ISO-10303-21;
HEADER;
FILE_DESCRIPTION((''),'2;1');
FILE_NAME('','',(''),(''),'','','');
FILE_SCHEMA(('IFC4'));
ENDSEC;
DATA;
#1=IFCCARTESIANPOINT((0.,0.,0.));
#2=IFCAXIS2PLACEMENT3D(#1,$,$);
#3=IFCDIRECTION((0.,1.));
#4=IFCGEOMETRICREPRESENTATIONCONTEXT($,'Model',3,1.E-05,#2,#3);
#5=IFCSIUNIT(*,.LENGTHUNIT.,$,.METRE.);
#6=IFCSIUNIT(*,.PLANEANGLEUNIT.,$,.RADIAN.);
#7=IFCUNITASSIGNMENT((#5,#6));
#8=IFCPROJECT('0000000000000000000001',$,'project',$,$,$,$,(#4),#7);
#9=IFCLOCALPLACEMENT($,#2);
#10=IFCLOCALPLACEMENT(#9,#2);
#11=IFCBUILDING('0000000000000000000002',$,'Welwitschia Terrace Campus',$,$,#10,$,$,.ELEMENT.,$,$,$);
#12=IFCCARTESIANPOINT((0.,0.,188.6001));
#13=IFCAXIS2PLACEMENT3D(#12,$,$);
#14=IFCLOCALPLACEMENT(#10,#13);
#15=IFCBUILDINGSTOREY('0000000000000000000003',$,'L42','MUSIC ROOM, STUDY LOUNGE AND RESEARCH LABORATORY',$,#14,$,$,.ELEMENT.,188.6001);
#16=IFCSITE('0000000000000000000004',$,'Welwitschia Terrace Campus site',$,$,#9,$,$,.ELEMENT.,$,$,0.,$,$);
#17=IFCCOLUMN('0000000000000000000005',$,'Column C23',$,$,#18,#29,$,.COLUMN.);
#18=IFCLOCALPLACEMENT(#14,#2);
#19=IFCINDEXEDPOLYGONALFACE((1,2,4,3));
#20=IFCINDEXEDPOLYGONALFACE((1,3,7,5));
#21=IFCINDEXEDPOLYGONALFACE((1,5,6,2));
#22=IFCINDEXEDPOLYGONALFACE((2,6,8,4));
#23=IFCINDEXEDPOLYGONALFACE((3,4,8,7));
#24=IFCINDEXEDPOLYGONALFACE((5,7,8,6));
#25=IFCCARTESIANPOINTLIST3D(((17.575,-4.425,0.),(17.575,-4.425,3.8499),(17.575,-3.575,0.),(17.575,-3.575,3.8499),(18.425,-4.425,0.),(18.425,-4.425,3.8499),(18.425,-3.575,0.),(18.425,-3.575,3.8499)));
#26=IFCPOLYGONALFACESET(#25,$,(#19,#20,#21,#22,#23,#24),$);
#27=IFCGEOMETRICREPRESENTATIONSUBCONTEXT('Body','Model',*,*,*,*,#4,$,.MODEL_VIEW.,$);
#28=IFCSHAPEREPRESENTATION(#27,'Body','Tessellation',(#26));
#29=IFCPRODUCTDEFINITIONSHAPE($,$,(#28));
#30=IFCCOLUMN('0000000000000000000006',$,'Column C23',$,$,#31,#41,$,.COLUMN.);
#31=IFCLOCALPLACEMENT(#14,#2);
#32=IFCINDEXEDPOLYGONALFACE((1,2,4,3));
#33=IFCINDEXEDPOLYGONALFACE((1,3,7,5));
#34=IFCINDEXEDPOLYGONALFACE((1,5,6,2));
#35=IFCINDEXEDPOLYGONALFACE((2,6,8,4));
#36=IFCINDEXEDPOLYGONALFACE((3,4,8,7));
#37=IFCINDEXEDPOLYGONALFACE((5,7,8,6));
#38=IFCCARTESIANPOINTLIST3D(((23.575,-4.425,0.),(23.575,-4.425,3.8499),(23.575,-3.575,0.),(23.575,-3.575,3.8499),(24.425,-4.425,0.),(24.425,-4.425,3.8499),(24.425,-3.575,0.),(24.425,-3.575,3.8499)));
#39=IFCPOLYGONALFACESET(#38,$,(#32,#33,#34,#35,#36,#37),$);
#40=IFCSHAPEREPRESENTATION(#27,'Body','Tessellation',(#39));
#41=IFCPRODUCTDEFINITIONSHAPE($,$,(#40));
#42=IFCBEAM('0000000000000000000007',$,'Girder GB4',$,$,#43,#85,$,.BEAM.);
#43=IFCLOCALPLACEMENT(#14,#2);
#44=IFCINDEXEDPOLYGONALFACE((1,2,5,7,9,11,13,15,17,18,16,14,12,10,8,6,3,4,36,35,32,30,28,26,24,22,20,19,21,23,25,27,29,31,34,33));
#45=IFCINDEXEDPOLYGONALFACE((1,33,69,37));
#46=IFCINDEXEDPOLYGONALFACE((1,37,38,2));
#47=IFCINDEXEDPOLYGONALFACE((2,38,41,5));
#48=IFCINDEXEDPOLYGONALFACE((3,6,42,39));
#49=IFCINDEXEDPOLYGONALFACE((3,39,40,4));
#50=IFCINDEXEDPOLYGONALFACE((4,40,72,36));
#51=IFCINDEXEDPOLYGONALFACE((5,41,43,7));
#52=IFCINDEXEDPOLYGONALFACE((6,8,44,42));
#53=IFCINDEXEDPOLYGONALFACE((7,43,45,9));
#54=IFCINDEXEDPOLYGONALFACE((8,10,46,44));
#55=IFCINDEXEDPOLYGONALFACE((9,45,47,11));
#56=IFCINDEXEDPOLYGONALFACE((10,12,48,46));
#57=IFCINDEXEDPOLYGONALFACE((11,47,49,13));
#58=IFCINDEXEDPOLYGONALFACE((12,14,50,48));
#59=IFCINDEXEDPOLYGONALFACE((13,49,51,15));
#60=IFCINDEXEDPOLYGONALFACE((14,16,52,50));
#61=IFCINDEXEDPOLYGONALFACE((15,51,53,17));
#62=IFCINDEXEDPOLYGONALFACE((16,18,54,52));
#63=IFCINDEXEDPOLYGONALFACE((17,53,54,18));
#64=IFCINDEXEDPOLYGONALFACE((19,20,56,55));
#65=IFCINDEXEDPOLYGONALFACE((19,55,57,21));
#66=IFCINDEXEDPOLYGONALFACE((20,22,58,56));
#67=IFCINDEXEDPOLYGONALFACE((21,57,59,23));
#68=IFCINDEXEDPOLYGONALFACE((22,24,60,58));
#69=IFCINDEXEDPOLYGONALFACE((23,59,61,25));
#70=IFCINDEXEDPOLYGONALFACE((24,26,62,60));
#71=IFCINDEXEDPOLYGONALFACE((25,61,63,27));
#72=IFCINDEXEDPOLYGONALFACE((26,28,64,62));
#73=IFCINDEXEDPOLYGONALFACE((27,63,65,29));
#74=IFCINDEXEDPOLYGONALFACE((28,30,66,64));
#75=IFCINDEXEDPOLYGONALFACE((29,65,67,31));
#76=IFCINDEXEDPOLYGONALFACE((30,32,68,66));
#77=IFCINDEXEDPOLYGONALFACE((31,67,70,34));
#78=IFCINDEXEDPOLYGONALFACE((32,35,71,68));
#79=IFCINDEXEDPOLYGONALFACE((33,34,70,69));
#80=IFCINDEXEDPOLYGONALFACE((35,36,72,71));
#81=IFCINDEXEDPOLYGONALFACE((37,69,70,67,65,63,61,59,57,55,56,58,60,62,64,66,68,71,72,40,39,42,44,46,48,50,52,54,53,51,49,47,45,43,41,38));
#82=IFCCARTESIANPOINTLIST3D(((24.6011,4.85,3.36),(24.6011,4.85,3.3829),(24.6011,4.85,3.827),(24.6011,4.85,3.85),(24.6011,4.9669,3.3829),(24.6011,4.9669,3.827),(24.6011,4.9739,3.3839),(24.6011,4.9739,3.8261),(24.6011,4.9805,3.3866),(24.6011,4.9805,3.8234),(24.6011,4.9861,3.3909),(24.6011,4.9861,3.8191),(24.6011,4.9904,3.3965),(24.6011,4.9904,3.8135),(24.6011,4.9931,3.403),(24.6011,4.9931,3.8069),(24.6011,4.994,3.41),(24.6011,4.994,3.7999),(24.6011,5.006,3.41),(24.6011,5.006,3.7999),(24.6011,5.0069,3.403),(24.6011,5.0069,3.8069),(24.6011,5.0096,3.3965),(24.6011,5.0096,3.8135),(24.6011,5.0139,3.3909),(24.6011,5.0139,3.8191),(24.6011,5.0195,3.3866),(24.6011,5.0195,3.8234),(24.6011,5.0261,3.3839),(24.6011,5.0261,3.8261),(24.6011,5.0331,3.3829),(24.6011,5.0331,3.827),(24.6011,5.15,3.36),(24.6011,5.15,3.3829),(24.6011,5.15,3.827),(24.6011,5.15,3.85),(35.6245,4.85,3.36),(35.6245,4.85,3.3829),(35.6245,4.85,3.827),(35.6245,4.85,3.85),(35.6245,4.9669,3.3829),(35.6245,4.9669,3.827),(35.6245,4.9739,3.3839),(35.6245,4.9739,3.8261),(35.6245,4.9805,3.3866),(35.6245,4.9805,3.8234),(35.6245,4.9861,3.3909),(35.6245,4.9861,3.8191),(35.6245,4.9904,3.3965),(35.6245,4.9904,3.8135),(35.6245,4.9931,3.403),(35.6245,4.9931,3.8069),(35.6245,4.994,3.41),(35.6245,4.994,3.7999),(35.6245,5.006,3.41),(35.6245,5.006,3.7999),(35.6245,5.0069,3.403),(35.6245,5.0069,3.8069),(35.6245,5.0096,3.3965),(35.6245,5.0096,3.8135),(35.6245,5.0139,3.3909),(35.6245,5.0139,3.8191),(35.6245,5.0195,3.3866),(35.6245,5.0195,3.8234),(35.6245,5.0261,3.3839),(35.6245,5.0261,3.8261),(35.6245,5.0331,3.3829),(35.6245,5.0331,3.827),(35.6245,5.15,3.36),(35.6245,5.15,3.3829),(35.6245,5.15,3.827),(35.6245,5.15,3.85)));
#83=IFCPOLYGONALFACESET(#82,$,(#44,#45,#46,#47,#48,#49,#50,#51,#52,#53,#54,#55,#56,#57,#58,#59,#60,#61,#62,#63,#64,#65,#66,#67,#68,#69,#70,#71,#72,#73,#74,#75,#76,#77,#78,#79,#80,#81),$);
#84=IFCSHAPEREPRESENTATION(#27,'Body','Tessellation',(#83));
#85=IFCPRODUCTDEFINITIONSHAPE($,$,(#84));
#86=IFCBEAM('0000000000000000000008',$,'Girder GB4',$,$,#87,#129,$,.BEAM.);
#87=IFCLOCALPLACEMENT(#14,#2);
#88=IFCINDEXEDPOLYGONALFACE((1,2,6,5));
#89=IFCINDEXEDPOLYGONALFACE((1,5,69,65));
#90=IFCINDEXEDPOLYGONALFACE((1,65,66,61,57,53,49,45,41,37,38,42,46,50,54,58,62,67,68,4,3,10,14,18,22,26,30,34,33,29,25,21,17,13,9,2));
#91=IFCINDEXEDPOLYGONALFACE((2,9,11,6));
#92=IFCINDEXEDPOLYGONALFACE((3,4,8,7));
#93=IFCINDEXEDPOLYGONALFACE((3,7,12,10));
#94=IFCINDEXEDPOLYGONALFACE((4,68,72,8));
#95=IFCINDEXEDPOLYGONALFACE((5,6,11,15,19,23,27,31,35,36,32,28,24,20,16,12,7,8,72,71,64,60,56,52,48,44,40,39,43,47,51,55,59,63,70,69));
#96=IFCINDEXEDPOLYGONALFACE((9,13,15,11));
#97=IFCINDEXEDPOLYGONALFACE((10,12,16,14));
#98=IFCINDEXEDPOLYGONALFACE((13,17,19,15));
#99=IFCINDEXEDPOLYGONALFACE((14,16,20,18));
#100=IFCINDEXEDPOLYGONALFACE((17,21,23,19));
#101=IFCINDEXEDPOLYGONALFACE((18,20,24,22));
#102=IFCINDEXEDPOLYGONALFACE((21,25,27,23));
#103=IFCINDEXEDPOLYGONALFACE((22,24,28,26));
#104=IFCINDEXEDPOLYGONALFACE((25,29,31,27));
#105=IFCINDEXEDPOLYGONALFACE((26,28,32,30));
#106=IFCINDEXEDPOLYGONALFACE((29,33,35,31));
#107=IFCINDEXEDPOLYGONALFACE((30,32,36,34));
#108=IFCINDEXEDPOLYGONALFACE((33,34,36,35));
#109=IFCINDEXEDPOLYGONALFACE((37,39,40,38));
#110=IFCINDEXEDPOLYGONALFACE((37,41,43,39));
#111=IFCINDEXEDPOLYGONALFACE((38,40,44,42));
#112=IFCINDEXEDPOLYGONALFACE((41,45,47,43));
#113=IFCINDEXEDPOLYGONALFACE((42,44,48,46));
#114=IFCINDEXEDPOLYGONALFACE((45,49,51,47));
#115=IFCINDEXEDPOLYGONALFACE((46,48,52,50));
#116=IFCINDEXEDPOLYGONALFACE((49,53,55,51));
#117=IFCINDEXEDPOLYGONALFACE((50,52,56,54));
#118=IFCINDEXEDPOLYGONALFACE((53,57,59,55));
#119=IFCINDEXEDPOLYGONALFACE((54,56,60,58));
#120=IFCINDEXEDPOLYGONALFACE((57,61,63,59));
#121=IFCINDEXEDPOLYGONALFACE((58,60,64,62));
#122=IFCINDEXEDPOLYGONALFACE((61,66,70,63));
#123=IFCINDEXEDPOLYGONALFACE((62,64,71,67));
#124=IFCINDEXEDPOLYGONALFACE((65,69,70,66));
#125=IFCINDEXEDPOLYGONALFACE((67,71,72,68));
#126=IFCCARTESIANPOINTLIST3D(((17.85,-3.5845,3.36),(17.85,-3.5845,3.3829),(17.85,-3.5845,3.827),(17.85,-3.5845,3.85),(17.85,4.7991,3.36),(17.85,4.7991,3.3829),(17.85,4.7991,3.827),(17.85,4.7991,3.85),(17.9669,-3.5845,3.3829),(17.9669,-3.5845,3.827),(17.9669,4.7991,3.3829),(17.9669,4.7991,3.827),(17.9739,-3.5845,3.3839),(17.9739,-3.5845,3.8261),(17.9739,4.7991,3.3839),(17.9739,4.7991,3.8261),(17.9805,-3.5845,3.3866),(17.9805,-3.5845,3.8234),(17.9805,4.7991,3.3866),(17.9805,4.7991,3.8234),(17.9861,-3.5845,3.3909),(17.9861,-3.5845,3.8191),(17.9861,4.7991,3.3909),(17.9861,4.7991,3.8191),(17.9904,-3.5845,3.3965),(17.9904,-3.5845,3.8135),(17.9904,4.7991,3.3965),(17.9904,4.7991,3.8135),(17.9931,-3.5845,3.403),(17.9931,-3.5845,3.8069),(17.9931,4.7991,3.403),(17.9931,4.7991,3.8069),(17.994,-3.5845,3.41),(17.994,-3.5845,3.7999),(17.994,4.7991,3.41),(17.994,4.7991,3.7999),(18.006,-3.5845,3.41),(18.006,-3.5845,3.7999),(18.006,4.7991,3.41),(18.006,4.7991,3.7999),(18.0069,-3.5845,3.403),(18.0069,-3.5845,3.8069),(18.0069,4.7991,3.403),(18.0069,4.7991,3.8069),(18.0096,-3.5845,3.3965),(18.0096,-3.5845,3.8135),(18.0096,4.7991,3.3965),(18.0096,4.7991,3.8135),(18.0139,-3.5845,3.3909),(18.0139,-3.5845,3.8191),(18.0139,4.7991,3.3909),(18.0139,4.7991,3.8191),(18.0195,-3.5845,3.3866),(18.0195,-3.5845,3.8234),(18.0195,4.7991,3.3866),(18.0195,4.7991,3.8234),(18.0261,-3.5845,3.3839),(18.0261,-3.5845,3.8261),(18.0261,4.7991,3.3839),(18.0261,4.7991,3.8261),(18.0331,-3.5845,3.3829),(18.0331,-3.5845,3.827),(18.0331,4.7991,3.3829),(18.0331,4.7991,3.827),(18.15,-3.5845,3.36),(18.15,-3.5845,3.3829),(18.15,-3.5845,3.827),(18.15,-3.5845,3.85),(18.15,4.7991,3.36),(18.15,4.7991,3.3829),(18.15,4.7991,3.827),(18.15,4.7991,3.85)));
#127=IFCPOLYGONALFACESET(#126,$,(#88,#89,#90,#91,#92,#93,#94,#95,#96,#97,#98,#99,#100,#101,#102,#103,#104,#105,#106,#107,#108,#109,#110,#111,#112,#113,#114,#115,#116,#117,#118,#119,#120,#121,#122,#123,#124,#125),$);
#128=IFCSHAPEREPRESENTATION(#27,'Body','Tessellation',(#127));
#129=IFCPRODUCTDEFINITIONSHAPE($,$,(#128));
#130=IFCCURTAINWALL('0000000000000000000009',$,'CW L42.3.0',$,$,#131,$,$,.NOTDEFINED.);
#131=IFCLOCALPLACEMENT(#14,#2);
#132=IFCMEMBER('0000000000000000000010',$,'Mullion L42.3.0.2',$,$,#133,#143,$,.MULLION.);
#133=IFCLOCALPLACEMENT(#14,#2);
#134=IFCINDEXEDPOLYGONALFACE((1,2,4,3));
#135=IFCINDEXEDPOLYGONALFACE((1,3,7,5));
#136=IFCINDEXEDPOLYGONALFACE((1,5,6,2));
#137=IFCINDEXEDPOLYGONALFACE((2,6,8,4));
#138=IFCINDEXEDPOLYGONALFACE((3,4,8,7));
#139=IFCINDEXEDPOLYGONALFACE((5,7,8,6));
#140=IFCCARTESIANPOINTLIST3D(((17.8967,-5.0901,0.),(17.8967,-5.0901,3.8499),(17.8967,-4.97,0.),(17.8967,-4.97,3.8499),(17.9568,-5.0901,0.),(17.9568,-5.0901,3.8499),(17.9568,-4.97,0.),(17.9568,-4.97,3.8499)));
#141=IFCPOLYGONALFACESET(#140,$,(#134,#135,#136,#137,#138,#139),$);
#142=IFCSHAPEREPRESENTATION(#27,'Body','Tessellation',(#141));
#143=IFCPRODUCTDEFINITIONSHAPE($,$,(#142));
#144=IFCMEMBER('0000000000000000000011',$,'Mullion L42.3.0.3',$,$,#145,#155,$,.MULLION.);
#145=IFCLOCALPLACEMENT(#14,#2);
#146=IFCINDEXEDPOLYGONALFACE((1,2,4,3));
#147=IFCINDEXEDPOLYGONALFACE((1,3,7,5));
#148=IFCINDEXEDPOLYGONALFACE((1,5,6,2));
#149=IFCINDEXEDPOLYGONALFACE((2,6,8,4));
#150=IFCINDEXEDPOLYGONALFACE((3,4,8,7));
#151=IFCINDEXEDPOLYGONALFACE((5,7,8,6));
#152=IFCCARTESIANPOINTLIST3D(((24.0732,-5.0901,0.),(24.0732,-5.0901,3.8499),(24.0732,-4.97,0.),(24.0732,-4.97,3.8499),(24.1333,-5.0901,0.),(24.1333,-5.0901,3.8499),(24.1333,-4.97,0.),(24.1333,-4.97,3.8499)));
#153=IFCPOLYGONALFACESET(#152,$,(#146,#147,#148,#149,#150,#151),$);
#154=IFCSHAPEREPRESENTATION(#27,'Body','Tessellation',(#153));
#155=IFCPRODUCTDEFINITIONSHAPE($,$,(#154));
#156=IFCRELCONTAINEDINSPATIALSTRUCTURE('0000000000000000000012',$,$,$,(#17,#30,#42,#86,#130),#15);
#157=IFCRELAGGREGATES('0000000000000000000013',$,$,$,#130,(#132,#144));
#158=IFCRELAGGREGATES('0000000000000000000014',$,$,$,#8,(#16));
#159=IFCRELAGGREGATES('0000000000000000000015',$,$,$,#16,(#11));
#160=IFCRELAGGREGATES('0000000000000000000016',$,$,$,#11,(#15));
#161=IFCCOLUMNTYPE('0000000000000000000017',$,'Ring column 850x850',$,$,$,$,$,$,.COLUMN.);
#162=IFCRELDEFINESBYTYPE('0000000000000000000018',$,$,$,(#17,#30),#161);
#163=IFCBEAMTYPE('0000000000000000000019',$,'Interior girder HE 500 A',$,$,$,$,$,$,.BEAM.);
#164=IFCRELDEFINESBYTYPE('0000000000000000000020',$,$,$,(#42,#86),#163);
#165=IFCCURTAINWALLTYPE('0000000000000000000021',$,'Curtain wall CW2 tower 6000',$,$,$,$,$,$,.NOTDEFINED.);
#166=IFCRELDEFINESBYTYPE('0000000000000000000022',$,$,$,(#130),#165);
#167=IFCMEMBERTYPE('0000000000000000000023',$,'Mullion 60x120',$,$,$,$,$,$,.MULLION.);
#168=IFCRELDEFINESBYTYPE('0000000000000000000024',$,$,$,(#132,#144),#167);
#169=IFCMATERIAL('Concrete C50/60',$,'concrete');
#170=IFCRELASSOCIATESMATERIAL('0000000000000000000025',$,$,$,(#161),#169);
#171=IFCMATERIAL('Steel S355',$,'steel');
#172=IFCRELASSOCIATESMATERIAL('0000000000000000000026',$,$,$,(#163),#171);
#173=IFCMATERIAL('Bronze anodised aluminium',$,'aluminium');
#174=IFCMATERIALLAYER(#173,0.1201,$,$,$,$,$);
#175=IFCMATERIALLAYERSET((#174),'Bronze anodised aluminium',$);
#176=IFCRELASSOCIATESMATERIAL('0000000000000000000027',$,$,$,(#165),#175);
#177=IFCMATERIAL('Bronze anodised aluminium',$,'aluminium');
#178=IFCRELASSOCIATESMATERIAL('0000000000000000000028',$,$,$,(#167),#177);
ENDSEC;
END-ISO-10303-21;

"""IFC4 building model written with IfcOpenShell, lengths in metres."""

from ifc_helpers import new_model, si_unit, direction, frame, origin, origin_2d, place, context, subcontext, project, spatial, rectangle, i_section, extrude, material, layer, layer_set, material_profile, profile_set, type_object, element, aggregate, save


model = new_model("IFC4")

# Units and contexts
model_context = context("Model", 3, precision=1e-05, world=origin(), true_north=direction((0.0, 1.0)))
body_context = subcontext(model_context, "Body", "Model", "MODEL_VIEW")
ifc_project = project(units=[si_unit("LENGTHUNIT", "METRE"), si_unit("PLANEANGLEUNIT", "RADIAN")], contexts=[model_context])

# Site, building, storey
site_placement = place(None, origin())
site = spatial("IfcSite", under=ifc_project, at=site_placement, Name="Welwitschia Terrace Campus site", CompositionType="ELEMENT", RefElevation=0.0)
building_placement = place(site_placement, origin())
building = spatial("IfcBuilding", under=site, at=building_placement, Name="Welwitschia Terrace Campus", CompositionType="ELEMENT")
storey_placement = place(building_placement, frame((0.0, 0.0, 188.6001)))
storey = spatial("IfcBuildingStorey", under=building, at=storey_placement, Name="L42", Description="MUSIC ROOM, STUDY LOUNGE AND RESEARCH LABORATORY", CompositionType="ELEMENT", Elevation=188.6001)

# Columns
ifc_material_1 = material(Name="Concrete C50/60", Category="concrete")
ifc_material_profile_1 = material_profile(ifc_material_1, rectangle(XDim=0.8501, YDim=0.8501, at=origin_2d()))
ifc_profile_set_1 = profile_set([ifc_material_profile_1], Name="Concrete C50/60")
column_type = type_object("IfcColumnType", Name="Ring column 850x850", PredefinedType="COLUMN", material=ifc_profile_set_1)
for number, where, z_axis, x_axis, name in (
    (1, (18.0, -4.0, 0.0), (0.0, 0.0, 1.0), (1.0, 0.0, 0.0), "Column C23"),
    (2, (24.0, -4.0, 0.0), (0.0, 0.0, 1.0), (1.0, 0.0, 0.0), "Column C23"),
):
    element("IfcColumn", number, at=place(storey_placement, frame(where, z_axis=z_axis, x_axis=x_axis)), inside=storey, type_object=column_type, Name=name, PredefinedType="COLUMN", context=body_context, shape_type="SweptSolid", body=[
        extrude(rectangle(XDim=0.8501, YDim=0.8501, at=origin_2d()), origin(), (0.0, 0.0, 1.0), 3.8499),
    ])

# Beams
ifc_material_2 = material(Name="Steel S355", Category="steel")
ifc_material_profile_2 = material_profile(ifc_material_2, i_section(OverallWidth=0.3, OverallDepth=0.49, WebThickness=0.012, FlangeThickness=0.0229, FilletRadius=0.0271, at=origin_2d()))
ifc_profile_set_2 = profile_set([ifc_material_profile_2], Name="Steel S355")
beam_type_1 = type_object("IfcBeamType", Name="Interior girder HE 500 A", PredefinedType="BEAM", material=ifc_profile_set_2)
beam_1_placement = place(storey_placement, frame((24.6011, 5.0, 3.605), z_axis=(1.0, 0.0, 0.0), x_axis=(0.0, 1.0, 0.0)))
element("IfcBeam", 3, at=beam_1_placement, inside=storey, type_object=beam_type_1, Name="Girder GB4", PredefinedType="BEAM", context=body_context, shape_type="SweptSolid", body=[
    extrude(i_section(OverallWidth=0.3, OverallDepth=0.49, WebThickness=0.012, FlangeThickness=0.0229, FilletRadius=0.0271, at=origin_2d()), origin(), (0.0, 0.0, 1.0), 11.0234),
])
beam_2_placement = place(storey_placement, frame((18.0, -3.5845, 3.605), z_axis=(0.0, 1.0, 0.0), x_axis=(-1.0, 0.0, 0.0)))
element("IfcBeam", 4, at=beam_2_placement, inside=storey, type_object=beam_type_1, Name="Girder GB4", PredefinedType="BEAM", context=body_context, shape_type="SweptSolid", body=[
    extrude(i_section(OverallWidth=0.3, OverallDepth=0.49, WebThickness=0.012, FlangeThickness=0.0229, FilletRadius=0.0271, at=origin_2d()), origin(), (0.0, 0.0, 1.0), 8.3835),
])

# Curtain wall, members
ifc_material_3 = material(Name="Bronze anodised aluminium", Category="aluminium")
ifc_layer_1 = layer(ifc_material_3, 0.1201)
ifc_layer_set_1 = layer_set([ifc_layer_1], Name="Bronze anodised aluminium")
curtain_wall_type = type_object("IfcCurtainWallType", Name="Curtain wall CW2 tower 6000", PredefinedType="NOTDEFINED", material=ifc_layer_set_1)
curtain_wall_placement = place(storey_placement, origin())
curtain_wall = element("IfcCurtainWall", 5, at=curtain_wall_placement, inside=storey, type_object=curtain_wall_type, Name="CW L42.3.0", PredefinedType="NOTDEFINED")
ifc_material_4 = material(Name="Bronze anodised aluminium", Category="aluminium")
ifc_material_profile_3 = material_profile(ifc_material_4, rectangle(XDim=0.1201, YDim=0.0601, at=origin_2d()))
ifc_profile_set_3 = profile_set([ifc_material_profile_3], Name="Bronze anodised aluminium")
member_type = type_object("IfcMemberType", Name="Mullion 60x120", PredefinedType="MULLION", material=ifc_profile_set_3)
member_1_placement = place(storey_placement, frame((17.9268, -5.03, 0.0), z_axis=(0.0, 0.0, 1.0), x_axis=(0.0, 1.0, 0.0)))
member_1 = element("IfcMember", 6, at=member_1_placement, type_object=member_type, Name="Mullion L42.3.0.2", PredefinedType="MULLION", context=body_context, shape_type="SweptSolid", body=[
    extrude(rectangle(XDim=0.1201, YDim=0.0601, at=origin_2d()), origin(), (0.0, 0.0, 1.0), 3.8499),
])
member_2_placement = place(storey_placement, frame((24.1033, -5.03, 0.0), z_axis=(0.0, 0.0, 1.0), x_axis=(0.0, 1.0, 0.0)))
member_2 = element("IfcMember", 7, at=member_2_placement, type_object=member_type, Name="Mullion L42.3.0.3", PredefinedType="MULLION", context=body_context, shape_type="SweptSolid", body=[
    extrude(rectangle(XDim=0.1201, YDim=0.0601, at=origin_2d()), origin(), (0.0, 0.0, 1.0), 3.8499),
])

aggregate(curtain_wall, [member_1, member_2])

save(model, "model.ifc")
